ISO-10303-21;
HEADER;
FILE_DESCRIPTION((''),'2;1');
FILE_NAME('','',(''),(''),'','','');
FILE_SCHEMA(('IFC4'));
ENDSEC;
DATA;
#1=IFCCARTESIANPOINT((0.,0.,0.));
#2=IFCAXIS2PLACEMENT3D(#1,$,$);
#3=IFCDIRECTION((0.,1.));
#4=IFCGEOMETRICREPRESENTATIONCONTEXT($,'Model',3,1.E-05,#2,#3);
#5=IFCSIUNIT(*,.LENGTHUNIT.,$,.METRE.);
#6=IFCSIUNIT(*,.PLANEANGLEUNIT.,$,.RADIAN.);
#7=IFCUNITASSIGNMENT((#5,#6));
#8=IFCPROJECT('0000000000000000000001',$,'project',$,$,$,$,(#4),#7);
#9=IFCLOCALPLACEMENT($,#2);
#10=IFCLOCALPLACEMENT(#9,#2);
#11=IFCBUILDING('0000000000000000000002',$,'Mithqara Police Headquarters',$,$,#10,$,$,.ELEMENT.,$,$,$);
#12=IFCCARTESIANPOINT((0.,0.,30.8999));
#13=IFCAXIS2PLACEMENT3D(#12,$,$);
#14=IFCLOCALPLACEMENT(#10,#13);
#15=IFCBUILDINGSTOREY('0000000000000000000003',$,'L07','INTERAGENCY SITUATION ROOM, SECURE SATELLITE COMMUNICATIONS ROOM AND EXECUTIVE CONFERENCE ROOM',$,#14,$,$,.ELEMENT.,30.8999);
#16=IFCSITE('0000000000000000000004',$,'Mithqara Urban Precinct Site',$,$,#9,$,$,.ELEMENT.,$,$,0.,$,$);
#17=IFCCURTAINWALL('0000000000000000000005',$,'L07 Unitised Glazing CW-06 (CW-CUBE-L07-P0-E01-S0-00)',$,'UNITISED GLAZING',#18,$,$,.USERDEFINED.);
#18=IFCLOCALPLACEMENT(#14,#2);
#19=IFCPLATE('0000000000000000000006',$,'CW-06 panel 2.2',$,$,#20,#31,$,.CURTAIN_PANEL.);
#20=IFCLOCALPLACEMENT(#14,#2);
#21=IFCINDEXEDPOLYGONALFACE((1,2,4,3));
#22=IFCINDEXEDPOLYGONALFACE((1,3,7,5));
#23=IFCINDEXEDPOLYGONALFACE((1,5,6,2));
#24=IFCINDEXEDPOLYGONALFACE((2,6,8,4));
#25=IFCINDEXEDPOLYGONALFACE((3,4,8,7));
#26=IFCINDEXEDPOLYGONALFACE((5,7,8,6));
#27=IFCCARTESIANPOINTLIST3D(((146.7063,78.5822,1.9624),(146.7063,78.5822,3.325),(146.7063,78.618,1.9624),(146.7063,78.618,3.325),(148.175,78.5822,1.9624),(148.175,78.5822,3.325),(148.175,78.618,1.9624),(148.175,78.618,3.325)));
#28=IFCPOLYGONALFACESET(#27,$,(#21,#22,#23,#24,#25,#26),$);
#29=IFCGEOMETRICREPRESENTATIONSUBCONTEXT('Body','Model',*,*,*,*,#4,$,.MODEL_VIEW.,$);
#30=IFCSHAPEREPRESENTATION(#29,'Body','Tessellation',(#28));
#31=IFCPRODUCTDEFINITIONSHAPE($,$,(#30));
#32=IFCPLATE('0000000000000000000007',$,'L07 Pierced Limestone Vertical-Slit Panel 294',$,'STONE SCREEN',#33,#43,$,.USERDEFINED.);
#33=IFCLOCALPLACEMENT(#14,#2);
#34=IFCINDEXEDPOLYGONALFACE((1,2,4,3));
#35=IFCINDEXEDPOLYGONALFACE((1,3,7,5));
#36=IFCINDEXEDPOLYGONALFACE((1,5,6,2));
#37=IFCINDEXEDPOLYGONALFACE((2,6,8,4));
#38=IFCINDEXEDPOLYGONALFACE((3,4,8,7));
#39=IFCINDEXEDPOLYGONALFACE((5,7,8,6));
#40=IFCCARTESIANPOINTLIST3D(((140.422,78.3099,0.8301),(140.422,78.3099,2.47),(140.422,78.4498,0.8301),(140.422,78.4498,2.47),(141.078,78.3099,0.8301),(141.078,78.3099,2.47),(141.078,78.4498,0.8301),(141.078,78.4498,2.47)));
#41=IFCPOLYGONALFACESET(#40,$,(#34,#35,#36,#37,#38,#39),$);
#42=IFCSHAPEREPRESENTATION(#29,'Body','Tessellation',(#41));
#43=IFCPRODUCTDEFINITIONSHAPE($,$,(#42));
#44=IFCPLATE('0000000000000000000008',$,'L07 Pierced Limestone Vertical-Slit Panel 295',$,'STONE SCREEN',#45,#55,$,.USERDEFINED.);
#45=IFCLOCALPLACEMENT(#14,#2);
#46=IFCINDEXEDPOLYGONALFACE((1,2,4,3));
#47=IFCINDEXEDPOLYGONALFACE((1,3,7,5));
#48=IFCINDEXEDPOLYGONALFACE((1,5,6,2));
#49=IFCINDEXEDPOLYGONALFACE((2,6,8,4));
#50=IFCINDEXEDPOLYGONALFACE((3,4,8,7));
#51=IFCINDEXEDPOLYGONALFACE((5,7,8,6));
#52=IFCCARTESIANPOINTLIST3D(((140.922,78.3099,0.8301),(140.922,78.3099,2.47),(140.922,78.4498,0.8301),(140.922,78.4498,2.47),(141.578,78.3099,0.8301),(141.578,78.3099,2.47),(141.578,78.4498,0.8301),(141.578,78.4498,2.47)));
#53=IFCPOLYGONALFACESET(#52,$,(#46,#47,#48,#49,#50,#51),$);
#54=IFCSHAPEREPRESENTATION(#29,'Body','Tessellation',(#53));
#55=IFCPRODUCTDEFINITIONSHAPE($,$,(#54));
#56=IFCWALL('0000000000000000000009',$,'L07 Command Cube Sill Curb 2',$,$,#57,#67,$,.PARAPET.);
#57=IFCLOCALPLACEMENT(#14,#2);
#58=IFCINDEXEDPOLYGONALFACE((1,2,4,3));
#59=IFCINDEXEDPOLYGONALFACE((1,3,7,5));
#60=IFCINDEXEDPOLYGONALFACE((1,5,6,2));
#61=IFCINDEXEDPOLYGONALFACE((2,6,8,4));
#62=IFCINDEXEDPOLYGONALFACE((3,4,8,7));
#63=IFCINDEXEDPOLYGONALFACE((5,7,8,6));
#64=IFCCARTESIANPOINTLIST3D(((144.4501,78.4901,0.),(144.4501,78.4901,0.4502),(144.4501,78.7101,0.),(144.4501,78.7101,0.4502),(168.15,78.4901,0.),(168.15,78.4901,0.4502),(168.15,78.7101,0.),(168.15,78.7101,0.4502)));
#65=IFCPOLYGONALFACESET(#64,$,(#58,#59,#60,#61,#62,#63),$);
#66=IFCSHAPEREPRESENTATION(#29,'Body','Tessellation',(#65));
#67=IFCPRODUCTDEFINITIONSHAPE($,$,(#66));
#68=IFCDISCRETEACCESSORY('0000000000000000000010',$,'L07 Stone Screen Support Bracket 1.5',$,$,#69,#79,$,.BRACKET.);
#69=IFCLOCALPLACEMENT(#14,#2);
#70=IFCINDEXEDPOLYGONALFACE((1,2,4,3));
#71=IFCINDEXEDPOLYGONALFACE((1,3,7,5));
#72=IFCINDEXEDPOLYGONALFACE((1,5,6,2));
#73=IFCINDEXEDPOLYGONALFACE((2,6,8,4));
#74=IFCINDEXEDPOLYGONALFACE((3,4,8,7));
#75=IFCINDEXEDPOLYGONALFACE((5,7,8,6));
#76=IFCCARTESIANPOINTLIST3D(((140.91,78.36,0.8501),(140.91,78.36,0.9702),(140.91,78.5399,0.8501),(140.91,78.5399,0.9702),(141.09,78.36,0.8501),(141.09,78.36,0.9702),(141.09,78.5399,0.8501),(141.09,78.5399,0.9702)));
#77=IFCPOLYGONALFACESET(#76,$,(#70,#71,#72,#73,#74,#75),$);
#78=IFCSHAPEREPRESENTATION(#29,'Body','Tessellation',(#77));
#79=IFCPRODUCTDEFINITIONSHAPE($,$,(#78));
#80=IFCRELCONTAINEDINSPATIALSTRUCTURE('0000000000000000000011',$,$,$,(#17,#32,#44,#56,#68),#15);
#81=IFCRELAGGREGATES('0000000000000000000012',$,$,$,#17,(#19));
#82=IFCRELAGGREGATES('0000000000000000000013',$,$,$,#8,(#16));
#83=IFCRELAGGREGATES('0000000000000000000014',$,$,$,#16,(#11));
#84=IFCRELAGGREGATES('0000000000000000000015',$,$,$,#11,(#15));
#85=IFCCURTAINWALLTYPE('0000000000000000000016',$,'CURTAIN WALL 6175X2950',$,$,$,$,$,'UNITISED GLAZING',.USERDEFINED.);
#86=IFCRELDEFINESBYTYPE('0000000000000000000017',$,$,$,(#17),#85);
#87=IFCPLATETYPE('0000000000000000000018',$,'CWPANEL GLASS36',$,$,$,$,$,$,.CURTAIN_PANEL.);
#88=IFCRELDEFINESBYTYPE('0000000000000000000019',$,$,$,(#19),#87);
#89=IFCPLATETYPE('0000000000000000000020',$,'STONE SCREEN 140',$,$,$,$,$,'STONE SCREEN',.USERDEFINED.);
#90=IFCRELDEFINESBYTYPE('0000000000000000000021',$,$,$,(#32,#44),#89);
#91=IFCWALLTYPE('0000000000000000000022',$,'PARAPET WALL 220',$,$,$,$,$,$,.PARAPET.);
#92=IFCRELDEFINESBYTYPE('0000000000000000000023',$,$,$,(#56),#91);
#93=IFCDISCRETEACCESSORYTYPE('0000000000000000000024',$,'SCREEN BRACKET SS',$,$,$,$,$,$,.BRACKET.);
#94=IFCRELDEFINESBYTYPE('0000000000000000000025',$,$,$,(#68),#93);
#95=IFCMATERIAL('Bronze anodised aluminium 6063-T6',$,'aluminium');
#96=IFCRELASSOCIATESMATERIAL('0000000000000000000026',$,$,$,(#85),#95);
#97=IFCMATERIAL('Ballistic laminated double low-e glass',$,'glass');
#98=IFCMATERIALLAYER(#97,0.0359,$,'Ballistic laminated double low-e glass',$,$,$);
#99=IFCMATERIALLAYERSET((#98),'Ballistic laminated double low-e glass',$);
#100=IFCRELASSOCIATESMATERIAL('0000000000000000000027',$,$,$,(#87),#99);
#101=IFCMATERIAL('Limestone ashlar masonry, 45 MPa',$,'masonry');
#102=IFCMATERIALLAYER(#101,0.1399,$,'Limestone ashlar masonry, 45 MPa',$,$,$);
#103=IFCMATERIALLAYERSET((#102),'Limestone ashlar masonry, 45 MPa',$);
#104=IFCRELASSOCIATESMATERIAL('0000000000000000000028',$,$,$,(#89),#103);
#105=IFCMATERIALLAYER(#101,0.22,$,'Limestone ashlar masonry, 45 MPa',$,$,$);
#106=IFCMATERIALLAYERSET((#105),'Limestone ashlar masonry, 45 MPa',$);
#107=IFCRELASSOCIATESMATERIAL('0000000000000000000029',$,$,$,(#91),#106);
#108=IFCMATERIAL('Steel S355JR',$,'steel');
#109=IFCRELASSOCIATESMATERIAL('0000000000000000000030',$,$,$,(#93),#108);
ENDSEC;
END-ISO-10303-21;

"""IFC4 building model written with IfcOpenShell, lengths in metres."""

from ifc_helpers import new_model, si_unit, direction, frame, frame_2d, origin, origin_2d, place, context, subcontext, project, spatial, rectangle, extrude, material, layer, layer_set, type_object, element, aggregate, save


model = new_model("IFC4")

# Units and contexts
model_context = context("Model", 3, precision=1e-05, world=origin(), true_north=direction((0.0, 1.0)))
body_context = subcontext(model_context, "Body", "Model", "MODEL_VIEW")
ifc_project = project(units=[si_unit("LENGTHUNIT", "METRE"), si_unit("PLANEANGLEUNIT", "RADIAN")], contexts=[model_context])

# Site, building, storey
site_placement = place(None, origin())
site = spatial("IfcSite", under=ifc_project, at=site_placement, Name="Mithqara Urban Precinct Site", CompositionType="ELEMENT", RefElevation=0.0)
building_placement = place(site_placement, origin())
building = spatial("IfcBuilding", under=site, at=building_placement, Name="Mithqara Police Headquarters", CompositionType="ELEMENT")
storey_placement = place(building_placement, frame((0.0, 0.0, 30.8999)))
storey = spatial("IfcBuildingStorey", under=building, at=storey_placement, Name="L07", Description="INTERAGENCY SITUATION ROOM, SECURE SATELLITE COMMUNICATIONS ROOM AND EXECUTIVE CONFERENCE ROOM", CompositionType="ELEMENT", Elevation=30.8999)

# Curtain wall, plate
ifc_material_1 = material(Name="Bronze anodised aluminium 6063-T6", Category="aluminium")
curtain_wall_type = type_object("IfcCurtainWallType", Name="CURTAIN WALL 6175X2950", ElementType="UNITISED GLAZING", PredefinedType="USERDEFINED", material=ifc_material_1)
curtain_wall_placement = place(storey_placement, origin())
curtain_wall = element("IfcCurtainWall", 1, at=curtain_wall_placement, inside=storey, type_object=curtain_wall_type, Name="L07 Unitised Glazing CW-06 (CW-CUBE-L07-P0-E01-S0-00)", ObjectType="UNITISED GLAZING", PredefinedType="USERDEFINED")
ifc_material_2 = material(Name="Ballistic laminated double low-e glass", Category="glass")
ifc_layer_1 = layer(ifc_material_2, 0.0359, Name="Ballistic laminated double low-e glass")
ifc_layer_set_1 = layer_set([ifc_layer_1], Name="Ballistic laminated double low-e glass")
plate_type_1 = type_object("IfcPlateType", Name="CWPANEL GLASS36", PredefinedType="CURTAIN_PANEL", material=ifc_layer_set_1)
plate_1_placement = place(storey_placement, frame((147.4407, 78.6001, 1.9624), z_axis=(0.0, 0.0, 1.0), x_axis=(1.0, 0.0, 0.0)))
plate_1 = element("IfcPlate", 2, at=plate_1_placement, type_object=plate_type_1, Name="CW-06 panel 2.2", PredefinedType="CURTAIN_PANEL", context=body_context, shape_type="SweptSolid", body=[
    extrude(rectangle(XDim=1.4688, YDim=0.0359, at=origin_2d()), origin(), (0.0, 0.0, 1.0), 1.3625),
])
aggregate(curtain_wall, [plate_1])

# Plates
ifc_material_3 = material(Name="Limestone ashlar masonry, 45 MPa", Category="masonry")
ifc_layer_2 = layer(ifc_material_3, 0.1399, Name="Limestone ashlar masonry, 45 MPa")
ifc_layer_set_2 = layer_set([ifc_layer_2], Name="Limestone ashlar masonry, 45 MPa")
plate_type_2 = type_object("IfcPlateType", Name="STONE SCREEN 140", ElementType="STONE SCREEN", PredefinedType="USERDEFINED", material=ifc_layer_set_2)
for number, where, z_axis, x_axis, name in (
    (3, (140.75, 78.3799, 0.8301), (0.0, 0.0, 1.0), (1.0, 0.0, 0.0), "L07 Pierced Limestone Vertical-Slit Panel 294"),
    (4, (141.25, 78.3799, 0.8301), (0.0, 0.0, 1.0), (1.0, 0.0, 0.0), "L07 Pierced Limestone Vertical-Slit Panel 295"),
):
    element("IfcPlate", number, at=place(storey_placement, frame(where, z_axis=z_axis, x_axis=x_axis)), inside=storey, type_object=plate_type_2, Name=name, ObjectType="STONE SCREEN", PredefinedType="USERDEFINED", context=body_context, shape_type="SweptSolid", body=[
        extrude(rectangle(XDim=0.656, YDim=0.1399, at=origin_2d()), origin(), (0.0, 0.0, 1.0), 1.6399),
    ])

# Wall
ifc_layer_3 = layer(ifc_material_3, 0.22, Name="Limestone ashlar masonry, 45 MPa")
ifc_layer_set_3 = layer_set([ifc_layer_3], Name="Limestone ashlar masonry, 45 MPa")
wall_type = type_object("IfcWallType", Name="PARAPET WALL 220", PredefinedType="PARAPET", material=ifc_layer_set_3)
wall_placement = place(storey_placement, frame((144.45, 78.6001, 0.0), z_axis=(0.0, 0.0, 1.0), x_axis=(1.0, 0.0, 0.0)))
element("IfcWall", 5, at=wall_placement, inside=storey, type_object=wall_type, Name="L07 Command Cube Sill Curb 2", PredefinedType="PARAPET", context=body_context, shape_type="SweptSolid", body=[
    extrude(rectangle(XDim=23.7, YDim=0.22, at=frame_2d((11.8501, 0.0))), origin(), (0.0, 0.0, 1.0), 0.4502),
])

# Discrete accessory
ifc_material_4 = material(Name="Steel S355JR", Category="steel")
discrete_accessory_type = type_object("IfcDiscreteAccessoryType", Name="SCREEN BRACKET SS", PredefinedType="BRACKET", material=ifc_material_4)
discrete_accessory_placement = place(storey_placement, frame((141.0, 78.45, 0.8501), z_axis=(0.0, 0.0, 1.0), x_axis=(1.0, 0.0, 0.0)))
element("IfcDiscreteAccessory", 6, at=discrete_accessory_placement, inside=storey, type_object=discrete_accessory_type, Name="L07 Stone Screen Support Bracket 1.5", PredefinedType="BRACKET", context=body_context, shape_type="SweptSolid", body=[
    extrude(rectangle(XDim=0.1799, YDim=0.1799, at=origin_2d()), origin(), (0.0, 0.0, 1.0), 0.1201),
])

save(model, "model.ifc")
